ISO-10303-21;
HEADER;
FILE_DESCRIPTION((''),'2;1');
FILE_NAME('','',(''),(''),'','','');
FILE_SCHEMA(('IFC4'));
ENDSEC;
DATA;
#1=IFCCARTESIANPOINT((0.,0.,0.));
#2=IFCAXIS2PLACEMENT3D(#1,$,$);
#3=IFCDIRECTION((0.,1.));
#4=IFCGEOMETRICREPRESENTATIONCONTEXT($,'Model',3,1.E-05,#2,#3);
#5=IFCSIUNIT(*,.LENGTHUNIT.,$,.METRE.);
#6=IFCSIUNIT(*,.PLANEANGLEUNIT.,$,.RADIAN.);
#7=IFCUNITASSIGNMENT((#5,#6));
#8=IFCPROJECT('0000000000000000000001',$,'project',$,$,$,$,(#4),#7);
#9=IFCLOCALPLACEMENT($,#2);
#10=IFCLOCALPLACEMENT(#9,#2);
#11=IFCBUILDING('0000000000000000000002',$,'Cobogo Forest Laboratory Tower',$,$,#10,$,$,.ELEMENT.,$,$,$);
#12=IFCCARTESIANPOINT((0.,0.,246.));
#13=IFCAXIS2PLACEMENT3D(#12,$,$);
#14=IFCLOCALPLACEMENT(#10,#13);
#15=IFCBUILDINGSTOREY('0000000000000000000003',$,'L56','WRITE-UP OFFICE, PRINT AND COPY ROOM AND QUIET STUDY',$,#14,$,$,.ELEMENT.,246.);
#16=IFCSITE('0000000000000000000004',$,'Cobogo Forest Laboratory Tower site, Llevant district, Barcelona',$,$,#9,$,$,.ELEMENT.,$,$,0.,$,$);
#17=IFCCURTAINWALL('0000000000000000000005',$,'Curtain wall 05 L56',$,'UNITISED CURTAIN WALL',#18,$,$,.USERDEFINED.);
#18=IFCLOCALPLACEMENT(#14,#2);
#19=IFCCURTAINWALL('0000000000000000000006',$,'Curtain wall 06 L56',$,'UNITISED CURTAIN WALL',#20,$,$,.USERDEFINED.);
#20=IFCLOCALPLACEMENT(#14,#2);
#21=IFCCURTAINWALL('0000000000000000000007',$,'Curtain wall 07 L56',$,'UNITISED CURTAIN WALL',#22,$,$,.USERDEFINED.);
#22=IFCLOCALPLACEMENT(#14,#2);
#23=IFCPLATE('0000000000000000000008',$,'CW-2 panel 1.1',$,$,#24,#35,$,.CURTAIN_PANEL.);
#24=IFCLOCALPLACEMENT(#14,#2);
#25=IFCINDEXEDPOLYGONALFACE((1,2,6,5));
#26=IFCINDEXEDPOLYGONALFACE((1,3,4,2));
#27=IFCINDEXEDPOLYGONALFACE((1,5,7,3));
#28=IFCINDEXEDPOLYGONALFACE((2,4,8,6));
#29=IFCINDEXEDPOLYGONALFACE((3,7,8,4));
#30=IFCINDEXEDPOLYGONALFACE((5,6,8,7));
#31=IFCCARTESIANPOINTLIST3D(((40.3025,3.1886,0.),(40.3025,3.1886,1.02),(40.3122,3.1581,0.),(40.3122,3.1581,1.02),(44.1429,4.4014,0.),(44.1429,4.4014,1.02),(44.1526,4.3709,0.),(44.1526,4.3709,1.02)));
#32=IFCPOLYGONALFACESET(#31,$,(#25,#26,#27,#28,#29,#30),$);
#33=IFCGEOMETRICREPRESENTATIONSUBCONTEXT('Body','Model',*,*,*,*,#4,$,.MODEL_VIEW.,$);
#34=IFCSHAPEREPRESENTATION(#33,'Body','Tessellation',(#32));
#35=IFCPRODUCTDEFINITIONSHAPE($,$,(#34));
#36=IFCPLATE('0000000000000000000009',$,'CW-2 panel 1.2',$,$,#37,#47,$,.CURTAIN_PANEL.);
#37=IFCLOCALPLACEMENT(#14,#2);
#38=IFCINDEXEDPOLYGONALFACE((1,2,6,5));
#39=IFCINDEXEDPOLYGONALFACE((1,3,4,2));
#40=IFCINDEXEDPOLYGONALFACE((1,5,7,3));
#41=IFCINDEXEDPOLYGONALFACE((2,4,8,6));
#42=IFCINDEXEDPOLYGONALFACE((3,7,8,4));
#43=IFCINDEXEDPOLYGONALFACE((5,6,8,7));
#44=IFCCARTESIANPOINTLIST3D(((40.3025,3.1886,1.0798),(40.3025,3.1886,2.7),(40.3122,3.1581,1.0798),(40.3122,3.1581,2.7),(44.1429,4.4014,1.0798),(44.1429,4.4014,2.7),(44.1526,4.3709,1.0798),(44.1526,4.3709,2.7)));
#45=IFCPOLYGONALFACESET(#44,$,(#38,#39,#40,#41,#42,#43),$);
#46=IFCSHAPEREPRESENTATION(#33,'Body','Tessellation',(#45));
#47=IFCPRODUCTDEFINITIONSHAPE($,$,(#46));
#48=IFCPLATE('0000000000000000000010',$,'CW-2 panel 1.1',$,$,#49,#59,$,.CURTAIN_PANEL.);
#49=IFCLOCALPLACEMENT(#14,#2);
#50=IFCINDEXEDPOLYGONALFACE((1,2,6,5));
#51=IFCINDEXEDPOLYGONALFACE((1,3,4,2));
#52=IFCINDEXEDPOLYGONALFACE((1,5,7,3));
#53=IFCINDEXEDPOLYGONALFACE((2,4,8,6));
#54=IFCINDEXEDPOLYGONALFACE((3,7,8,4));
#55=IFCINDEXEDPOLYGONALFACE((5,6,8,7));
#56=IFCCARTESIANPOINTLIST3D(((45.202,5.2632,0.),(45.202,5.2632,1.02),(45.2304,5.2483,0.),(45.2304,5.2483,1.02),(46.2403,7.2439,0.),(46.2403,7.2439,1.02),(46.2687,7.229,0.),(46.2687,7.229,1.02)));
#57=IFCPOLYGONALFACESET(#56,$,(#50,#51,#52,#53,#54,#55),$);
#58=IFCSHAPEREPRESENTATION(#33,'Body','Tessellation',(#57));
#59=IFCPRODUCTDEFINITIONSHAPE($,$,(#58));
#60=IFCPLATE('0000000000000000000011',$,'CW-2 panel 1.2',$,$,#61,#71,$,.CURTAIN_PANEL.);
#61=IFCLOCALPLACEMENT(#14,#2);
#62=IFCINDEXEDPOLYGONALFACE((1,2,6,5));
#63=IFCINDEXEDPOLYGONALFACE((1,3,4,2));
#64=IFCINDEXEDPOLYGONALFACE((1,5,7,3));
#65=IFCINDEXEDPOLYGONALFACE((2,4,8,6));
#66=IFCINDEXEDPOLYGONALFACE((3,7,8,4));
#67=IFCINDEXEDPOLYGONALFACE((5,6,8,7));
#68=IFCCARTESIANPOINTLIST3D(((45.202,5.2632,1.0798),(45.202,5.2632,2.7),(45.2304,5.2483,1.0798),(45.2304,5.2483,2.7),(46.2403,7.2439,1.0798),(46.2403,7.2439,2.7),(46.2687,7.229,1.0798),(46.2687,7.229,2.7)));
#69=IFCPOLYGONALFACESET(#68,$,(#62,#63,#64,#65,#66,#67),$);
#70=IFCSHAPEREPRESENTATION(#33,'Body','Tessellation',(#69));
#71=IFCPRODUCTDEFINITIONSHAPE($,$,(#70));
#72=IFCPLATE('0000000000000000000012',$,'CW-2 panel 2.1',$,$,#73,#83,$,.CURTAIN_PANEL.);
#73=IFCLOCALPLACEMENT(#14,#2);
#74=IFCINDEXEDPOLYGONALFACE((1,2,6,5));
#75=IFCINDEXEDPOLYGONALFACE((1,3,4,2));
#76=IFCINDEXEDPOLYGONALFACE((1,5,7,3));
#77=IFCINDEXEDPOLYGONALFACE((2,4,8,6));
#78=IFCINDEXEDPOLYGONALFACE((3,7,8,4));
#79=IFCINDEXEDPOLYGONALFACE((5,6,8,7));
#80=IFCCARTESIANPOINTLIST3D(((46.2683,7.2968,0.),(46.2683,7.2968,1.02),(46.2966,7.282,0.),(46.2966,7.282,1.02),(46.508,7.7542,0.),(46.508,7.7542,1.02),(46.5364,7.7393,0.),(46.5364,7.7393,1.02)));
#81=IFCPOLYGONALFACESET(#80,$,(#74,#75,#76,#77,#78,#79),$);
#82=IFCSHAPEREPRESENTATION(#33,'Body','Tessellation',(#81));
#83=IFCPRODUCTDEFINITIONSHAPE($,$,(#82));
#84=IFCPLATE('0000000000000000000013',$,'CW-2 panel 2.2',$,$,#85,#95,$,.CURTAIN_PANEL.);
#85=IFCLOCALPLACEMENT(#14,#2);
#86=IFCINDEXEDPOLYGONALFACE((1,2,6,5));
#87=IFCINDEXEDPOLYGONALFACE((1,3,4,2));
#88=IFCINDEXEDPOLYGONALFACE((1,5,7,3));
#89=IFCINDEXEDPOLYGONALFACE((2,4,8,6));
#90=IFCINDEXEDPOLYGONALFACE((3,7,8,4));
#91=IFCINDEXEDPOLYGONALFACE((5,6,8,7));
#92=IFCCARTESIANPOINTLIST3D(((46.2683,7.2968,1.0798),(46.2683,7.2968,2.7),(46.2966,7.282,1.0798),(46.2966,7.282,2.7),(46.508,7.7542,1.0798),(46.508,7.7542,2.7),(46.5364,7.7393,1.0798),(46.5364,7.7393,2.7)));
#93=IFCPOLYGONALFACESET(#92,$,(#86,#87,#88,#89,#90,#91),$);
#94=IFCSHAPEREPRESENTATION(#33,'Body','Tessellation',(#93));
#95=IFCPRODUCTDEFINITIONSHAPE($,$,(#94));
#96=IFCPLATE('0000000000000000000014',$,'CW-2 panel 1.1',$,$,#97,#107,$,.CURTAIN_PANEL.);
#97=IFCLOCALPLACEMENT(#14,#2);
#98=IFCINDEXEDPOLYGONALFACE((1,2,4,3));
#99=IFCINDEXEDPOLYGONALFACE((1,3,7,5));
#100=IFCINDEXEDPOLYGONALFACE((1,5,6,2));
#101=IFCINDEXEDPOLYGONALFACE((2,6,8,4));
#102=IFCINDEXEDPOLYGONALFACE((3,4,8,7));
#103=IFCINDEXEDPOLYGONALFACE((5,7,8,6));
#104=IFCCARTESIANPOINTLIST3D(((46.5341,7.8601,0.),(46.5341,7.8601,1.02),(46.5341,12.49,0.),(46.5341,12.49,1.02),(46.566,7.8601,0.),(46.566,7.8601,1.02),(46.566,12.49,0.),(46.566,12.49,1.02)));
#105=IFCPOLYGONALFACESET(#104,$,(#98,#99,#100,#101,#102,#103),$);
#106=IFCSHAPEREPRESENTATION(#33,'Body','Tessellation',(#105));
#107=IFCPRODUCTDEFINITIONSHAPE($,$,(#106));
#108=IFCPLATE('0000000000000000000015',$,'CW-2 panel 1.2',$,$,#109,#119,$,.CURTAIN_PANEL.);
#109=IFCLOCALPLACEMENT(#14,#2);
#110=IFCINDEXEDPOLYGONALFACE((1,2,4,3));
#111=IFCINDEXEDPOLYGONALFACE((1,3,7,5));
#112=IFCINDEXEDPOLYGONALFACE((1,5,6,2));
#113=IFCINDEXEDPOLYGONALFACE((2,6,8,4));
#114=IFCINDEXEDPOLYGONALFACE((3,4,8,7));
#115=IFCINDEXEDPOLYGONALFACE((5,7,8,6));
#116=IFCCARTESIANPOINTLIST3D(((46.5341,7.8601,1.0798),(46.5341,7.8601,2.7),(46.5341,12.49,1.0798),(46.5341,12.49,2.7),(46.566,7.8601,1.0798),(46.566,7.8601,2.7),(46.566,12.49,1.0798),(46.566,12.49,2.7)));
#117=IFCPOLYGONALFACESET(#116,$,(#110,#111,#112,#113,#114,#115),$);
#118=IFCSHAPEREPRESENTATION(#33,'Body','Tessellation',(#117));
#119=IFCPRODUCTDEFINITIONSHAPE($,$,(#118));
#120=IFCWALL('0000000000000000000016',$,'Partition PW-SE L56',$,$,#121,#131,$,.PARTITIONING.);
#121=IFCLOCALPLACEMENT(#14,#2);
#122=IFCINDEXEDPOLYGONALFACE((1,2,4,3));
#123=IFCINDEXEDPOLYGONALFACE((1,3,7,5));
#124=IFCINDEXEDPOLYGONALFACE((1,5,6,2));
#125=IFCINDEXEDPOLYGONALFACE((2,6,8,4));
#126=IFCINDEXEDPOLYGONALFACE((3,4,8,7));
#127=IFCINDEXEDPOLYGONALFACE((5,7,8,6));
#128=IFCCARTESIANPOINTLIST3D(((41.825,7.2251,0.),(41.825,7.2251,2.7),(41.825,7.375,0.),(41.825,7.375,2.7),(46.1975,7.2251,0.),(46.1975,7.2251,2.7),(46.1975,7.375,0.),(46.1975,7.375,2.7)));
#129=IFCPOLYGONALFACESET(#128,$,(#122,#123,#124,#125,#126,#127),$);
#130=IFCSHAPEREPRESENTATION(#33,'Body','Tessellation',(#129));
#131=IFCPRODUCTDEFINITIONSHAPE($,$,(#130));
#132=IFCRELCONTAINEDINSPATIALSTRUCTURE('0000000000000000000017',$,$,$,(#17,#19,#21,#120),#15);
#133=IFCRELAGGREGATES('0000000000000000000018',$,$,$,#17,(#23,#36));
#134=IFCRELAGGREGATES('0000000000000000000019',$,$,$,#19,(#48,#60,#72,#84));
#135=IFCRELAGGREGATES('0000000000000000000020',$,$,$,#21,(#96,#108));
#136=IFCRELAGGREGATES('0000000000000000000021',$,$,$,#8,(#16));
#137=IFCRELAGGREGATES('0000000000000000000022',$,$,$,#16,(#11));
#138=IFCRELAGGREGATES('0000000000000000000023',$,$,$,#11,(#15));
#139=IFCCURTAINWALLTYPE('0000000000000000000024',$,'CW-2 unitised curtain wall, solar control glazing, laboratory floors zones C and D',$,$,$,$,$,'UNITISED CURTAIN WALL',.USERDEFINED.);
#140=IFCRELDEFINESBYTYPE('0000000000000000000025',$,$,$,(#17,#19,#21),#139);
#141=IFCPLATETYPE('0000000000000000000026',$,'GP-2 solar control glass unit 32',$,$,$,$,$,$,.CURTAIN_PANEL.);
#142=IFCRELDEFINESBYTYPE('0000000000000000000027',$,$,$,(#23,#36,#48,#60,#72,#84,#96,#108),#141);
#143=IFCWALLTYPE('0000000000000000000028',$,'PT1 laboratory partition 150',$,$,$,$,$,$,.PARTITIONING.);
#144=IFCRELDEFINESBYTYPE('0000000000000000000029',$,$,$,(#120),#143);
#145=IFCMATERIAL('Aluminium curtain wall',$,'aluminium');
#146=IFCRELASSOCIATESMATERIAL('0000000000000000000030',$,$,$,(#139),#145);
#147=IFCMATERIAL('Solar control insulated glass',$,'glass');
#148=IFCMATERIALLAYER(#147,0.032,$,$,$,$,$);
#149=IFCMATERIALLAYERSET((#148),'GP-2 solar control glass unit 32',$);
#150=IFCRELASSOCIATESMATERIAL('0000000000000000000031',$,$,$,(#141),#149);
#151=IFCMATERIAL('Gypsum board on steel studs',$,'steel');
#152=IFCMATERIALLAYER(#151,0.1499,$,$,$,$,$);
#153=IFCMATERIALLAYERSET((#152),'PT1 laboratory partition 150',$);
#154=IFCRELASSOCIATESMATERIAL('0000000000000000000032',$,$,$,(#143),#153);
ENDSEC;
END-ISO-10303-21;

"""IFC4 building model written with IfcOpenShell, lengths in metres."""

from ifc_helpers import new_model, si_unit, direction, frame, frame_2d, origin, origin_2d, place, context, subcontext, project, spatial, rectangle, extrude, material, layer, layer_set, type_object, element, aggregate, save


model = new_model("IFC4")

# Units and contexts
model_context = context("Model", 3, precision=1e-05, world=origin(), true_north=direction((0.0, 1.0)))
body_context = subcontext(model_context, "Body", "Model", "MODEL_VIEW")
ifc_project = project(units=[si_unit("LENGTHUNIT", "METRE"), si_unit("PLANEANGLEUNIT", "RADIAN")], contexts=[model_context])

# Site, building, storey
site_placement = place(None, origin())
site = spatial("IfcSite", under=ifc_project, at=site_placement, Name="Cobogo Forest Laboratory Tower site, Llevant district, Barcelona", CompositionType="ELEMENT", RefElevation=0.0)
building_placement = place(site_placement, origin())
building = spatial("IfcBuilding", under=site, at=building_placement, Name="Cobogo Forest Laboratory Tower", CompositionType="ELEMENT")
storey_placement = place(building_placement, frame((0.0, 0.0, 246.0)))
storey = spatial("IfcBuildingStorey", under=building, at=storey_placement, Name="L56", Description="WRITE-UP OFFICE, PRINT AND COPY ROOM AND QUIET STUDY", CompositionType="ELEMENT", Elevation=246.0)

# Curtain walls
ifc_material_1 = material(Name="Aluminium curtain wall", Category="aluminium")
curtain_wall_type = type_object("IfcCurtainWallType", Name="CW-2 unitised curtain wall, solar control glazing, laboratory floors zones C and D", ElementType="UNITISED CURTAIN WALL", PredefinedType="USERDEFINED", material=ifc_material_1)
curtain_wall_1_placement = place(storey_placement, origin())
curtain_wall_1 = element("IfcCurtainWall", 1, at=curtain_wall_1_placement, inside=storey, type_object=curtain_wall_type, Name="Curtain wall 05 L56", ObjectType="UNITISED CURTAIN WALL", PredefinedType="USERDEFINED")
curtain_wall_2_placement = place(storey_placement, origin())
curtain_wall_2 = element("IfcCurtainWall", 2, at=curtain_wall_2_placement, inside=storey, type_object=curtain_wall_type, Name="Curtain wall 06 L56", ObjectType="UNITISED CURTAIN WALL", PredefinedType="USERDEFINED")

# Curtain wall
curtain_wall_3_placement = place(storey_placement, origin())
curtain_wall_3 = element("IfcCurtainWall", 3, at=curtain_wall_3_placement, inside=storey, type_object=curtain_wall_type, Name="Curtain wall 07 L56", ObjectType="UNITISED CURTAIN WALL", PredefinedType="USERDEFINED")

# Plates
ifc_material_2 = material(Name="Solar control insulated glass", Category="glass")
ifc_layer_1 = layer(ifc_material_2, 0.032)
ifc_layer_set_1 = layer_set([ifc_layer_1], Name="GP-2 solar control glass unit 32")
plate_type = type_object("IfcPlateType", Name="GP-2 solar control glass unit 32", PredefinedType="CURTAIN_PANEL", material=ifc_layer_set_1)
plate_1_placement = place(storey_placement, frame((42.2275, 3.7798, 0.0), z_axis=(0.0, 0.0, 1.0), x_axis=(0.953581, 0.301135, 0.0)))
plate_1 = element("IfcPlate", 4, at=plate_1_placement, type_object=plate_type, Name="CW-2 panel 1.1", PredefinedType="CURTAIN_PANEL", context=body_context, shape_type="SweptSolid", body=[
    extrude(rectangle(XDim=4.0273, YDim=0.032, at=origin_2d()), origin(), (0.0, 0.0, 1.0), 1.02),
])
plate_2_placement = place(storey_placement, frame((42.2275, 3.7798, 1.0798), z_axis=(0.0, 0.0, 1.0), x_axis=(0.953581, 0.301135, 0.0)))
plate_2 = element("IfcPlate", 5, at=plate_2_placement, type_object=plate_type, Name="CW-2 panel 1.2", PredefinedType="CURTAIN_PANEL", context=body_context, shape_type="SweptSolid", body=[
    extrude(rectangle(XDim=4.0273, YDim=0.032, at=origin_2d()), origin(), (0.0, 0.0, 1.0), 1.6201),
])
aggregate(curtain_wall_1, [plate_1, plate_2])
plate_3_placement = place(storey_placement, frame((45.7354, 6.2461, 0.0), z_axis=(0.0, 0.0, 1.0), x_axis=(0.464284, 0.885686, 0.0)))
plate_3 = element("IfcPlate", 6, at=plate_3_placement, type_object=plate_type, Name="CW-2 panel 1.1", PredefinedType="CURTAIN_PANEL", context=body_context, shape_type="SweptSolid", body=[
    extrude(rectangle(XDim=2.2363, YDim=0.032, at=origin_2d()), origin(), (0.0, 0.0, 1.0), 1.02),
])
plate_4_placement = place(storey_placement, frame((45.7354, 6.2461, 1.0798), z_axis=(0.0, 0.0, 1.0), x_axis=(0.464284, 0.885686, 0.0)))
plate_4 = element("IfcPlate", 7, at=plate_4_placement, type_object=plate_type, Name="CW-2 panel 1.2", PredefinedType="CURTAIN_PANEL", context=body_context, shape_type="SweptSolid", body=[
    extrude(rectangle(XDim=2.2363, YDim=0.032, at=origin_2d()), origin(), (0.0, 0.0, 1.0), 1.6201),
])
plate_5_placement = place(storey_placement, frame((46.4023, 7.5181, 0.0), z_axis=(0.0, 0.0, 1.0), x_axis=(0.464284, 0.885686, 0.0)))
plate_5 = element("IfcPlate", 8, at=plate_5_placement, type_object=plate_type, Name="CW-2 panel 2.1", PredefinedType="CURTAIN_PANEL", context=body_context, shape_type="SweptSolid", body=[
    extrude(rectangle(XDim=0.5164, YDim=0.032, at=origin_2d()), origin(), (0.0, 0.0, 1.0), 1.02),
])
plate_6_placement = place(storey_placement, frame((46.4023, 7.5181, 1.0798), z_axis=(0.0, 0.0, 1.0), x_axis=(0.464284, 0.885686, 0.0)))
plate_6 = element("IfcPlate", 9, at=plate_6_placement, type_object=plate_type, Name="CW-2 panel 2.2", PredefinedType="CURTAIN_PANEL", context=body_context, shape_type="SweptSolid", body=[
    extrude(rectangle(XDim=0.5164, YDim=0.032, at=origin_2d()), origin(), (0.0, 0.0, 1.0), 1.6201),
])
aggregate(curtain_wall_2, [plate_3, plate_4, plate_5, plate_6])
plate_7_placement = place(storey_placement, frame((46.55, 10.175, 0.0), z_axis=(0.0, 0.0, 1.0), x_axis=(0.0, 1.0, 0.0)))
plate_7 = element("IfcPlate", 10, at=plate_7_placement, type_object=plate_type, Name="CW-2 panel 1.1", PredefinedType="CURTAIN_PANEL", context=body_context, shape_type="SweptSolid", body=[
    extrude(rectangle(XDim=4.6299, YDim=0.032, at=origin_2d()), origin(), (0.0, 0.0, 1.0), 1.02),
])
plate_8_placement = place(storey_placement, frame((46.55, 10.175, 1.0798), z_axis=(0.0, 0.0, 1.0), x_axis=(0.0, 1.0, 0.0)))
plate_8 = element("IfcPlate", 11, at=plate_8_placement, type_object=plate_type, Name="CW-2 panel 1.2", PredefinedType="CURTAIN_PANEL", context=body_context, shape_type="SweptSolid", body=[
    extrude(rectangle(XDim=4.6299, YDim=0.032, at=origin_2d()), origin(), (0.0, 0.0, 1.0), 1.6201),
])
aggregate(curtain_wall_3, [plate_7, plate_8])

# Wall
ifc_material_3 = material(Name="Gypsum board on steel studs", Category="steel")
ifc_layer_2 = layer(ifc_material_3, 0.1499)
ifc_layer_set_2 = layer_set([ifc_layer_2], Name="PT1 laboratory partition 150")
wall_type_1 = type_object("IfcWallType", Name="PT1 laboratory partition 150", PredefinedType="PARTITIONING", material=ifc_layer_set_2)
wall_1_placement = place(storey_placement, frame((46.1975, 7.3, 0.0), z_axis=(0.0, 0.0, 1.0), x_axis=(-1.0, 0.0, 0.0)))
element("IfcWall", 12, at=wall_1_placement, inside=storey, type_object=wall_type_1, Name="Partition PW-SE L56", PredefinedType="PARTITIONING", context=body_context, shape_type="SweptSolid", body=[
    extrude(rectangle(XDim=4.3726, YDim=0.1499, at=frame_2d((2.1863, 0.0))), origin(), (0.0, 0.0, 1.0), 2.7),
])

save(model, "model.ifc")
